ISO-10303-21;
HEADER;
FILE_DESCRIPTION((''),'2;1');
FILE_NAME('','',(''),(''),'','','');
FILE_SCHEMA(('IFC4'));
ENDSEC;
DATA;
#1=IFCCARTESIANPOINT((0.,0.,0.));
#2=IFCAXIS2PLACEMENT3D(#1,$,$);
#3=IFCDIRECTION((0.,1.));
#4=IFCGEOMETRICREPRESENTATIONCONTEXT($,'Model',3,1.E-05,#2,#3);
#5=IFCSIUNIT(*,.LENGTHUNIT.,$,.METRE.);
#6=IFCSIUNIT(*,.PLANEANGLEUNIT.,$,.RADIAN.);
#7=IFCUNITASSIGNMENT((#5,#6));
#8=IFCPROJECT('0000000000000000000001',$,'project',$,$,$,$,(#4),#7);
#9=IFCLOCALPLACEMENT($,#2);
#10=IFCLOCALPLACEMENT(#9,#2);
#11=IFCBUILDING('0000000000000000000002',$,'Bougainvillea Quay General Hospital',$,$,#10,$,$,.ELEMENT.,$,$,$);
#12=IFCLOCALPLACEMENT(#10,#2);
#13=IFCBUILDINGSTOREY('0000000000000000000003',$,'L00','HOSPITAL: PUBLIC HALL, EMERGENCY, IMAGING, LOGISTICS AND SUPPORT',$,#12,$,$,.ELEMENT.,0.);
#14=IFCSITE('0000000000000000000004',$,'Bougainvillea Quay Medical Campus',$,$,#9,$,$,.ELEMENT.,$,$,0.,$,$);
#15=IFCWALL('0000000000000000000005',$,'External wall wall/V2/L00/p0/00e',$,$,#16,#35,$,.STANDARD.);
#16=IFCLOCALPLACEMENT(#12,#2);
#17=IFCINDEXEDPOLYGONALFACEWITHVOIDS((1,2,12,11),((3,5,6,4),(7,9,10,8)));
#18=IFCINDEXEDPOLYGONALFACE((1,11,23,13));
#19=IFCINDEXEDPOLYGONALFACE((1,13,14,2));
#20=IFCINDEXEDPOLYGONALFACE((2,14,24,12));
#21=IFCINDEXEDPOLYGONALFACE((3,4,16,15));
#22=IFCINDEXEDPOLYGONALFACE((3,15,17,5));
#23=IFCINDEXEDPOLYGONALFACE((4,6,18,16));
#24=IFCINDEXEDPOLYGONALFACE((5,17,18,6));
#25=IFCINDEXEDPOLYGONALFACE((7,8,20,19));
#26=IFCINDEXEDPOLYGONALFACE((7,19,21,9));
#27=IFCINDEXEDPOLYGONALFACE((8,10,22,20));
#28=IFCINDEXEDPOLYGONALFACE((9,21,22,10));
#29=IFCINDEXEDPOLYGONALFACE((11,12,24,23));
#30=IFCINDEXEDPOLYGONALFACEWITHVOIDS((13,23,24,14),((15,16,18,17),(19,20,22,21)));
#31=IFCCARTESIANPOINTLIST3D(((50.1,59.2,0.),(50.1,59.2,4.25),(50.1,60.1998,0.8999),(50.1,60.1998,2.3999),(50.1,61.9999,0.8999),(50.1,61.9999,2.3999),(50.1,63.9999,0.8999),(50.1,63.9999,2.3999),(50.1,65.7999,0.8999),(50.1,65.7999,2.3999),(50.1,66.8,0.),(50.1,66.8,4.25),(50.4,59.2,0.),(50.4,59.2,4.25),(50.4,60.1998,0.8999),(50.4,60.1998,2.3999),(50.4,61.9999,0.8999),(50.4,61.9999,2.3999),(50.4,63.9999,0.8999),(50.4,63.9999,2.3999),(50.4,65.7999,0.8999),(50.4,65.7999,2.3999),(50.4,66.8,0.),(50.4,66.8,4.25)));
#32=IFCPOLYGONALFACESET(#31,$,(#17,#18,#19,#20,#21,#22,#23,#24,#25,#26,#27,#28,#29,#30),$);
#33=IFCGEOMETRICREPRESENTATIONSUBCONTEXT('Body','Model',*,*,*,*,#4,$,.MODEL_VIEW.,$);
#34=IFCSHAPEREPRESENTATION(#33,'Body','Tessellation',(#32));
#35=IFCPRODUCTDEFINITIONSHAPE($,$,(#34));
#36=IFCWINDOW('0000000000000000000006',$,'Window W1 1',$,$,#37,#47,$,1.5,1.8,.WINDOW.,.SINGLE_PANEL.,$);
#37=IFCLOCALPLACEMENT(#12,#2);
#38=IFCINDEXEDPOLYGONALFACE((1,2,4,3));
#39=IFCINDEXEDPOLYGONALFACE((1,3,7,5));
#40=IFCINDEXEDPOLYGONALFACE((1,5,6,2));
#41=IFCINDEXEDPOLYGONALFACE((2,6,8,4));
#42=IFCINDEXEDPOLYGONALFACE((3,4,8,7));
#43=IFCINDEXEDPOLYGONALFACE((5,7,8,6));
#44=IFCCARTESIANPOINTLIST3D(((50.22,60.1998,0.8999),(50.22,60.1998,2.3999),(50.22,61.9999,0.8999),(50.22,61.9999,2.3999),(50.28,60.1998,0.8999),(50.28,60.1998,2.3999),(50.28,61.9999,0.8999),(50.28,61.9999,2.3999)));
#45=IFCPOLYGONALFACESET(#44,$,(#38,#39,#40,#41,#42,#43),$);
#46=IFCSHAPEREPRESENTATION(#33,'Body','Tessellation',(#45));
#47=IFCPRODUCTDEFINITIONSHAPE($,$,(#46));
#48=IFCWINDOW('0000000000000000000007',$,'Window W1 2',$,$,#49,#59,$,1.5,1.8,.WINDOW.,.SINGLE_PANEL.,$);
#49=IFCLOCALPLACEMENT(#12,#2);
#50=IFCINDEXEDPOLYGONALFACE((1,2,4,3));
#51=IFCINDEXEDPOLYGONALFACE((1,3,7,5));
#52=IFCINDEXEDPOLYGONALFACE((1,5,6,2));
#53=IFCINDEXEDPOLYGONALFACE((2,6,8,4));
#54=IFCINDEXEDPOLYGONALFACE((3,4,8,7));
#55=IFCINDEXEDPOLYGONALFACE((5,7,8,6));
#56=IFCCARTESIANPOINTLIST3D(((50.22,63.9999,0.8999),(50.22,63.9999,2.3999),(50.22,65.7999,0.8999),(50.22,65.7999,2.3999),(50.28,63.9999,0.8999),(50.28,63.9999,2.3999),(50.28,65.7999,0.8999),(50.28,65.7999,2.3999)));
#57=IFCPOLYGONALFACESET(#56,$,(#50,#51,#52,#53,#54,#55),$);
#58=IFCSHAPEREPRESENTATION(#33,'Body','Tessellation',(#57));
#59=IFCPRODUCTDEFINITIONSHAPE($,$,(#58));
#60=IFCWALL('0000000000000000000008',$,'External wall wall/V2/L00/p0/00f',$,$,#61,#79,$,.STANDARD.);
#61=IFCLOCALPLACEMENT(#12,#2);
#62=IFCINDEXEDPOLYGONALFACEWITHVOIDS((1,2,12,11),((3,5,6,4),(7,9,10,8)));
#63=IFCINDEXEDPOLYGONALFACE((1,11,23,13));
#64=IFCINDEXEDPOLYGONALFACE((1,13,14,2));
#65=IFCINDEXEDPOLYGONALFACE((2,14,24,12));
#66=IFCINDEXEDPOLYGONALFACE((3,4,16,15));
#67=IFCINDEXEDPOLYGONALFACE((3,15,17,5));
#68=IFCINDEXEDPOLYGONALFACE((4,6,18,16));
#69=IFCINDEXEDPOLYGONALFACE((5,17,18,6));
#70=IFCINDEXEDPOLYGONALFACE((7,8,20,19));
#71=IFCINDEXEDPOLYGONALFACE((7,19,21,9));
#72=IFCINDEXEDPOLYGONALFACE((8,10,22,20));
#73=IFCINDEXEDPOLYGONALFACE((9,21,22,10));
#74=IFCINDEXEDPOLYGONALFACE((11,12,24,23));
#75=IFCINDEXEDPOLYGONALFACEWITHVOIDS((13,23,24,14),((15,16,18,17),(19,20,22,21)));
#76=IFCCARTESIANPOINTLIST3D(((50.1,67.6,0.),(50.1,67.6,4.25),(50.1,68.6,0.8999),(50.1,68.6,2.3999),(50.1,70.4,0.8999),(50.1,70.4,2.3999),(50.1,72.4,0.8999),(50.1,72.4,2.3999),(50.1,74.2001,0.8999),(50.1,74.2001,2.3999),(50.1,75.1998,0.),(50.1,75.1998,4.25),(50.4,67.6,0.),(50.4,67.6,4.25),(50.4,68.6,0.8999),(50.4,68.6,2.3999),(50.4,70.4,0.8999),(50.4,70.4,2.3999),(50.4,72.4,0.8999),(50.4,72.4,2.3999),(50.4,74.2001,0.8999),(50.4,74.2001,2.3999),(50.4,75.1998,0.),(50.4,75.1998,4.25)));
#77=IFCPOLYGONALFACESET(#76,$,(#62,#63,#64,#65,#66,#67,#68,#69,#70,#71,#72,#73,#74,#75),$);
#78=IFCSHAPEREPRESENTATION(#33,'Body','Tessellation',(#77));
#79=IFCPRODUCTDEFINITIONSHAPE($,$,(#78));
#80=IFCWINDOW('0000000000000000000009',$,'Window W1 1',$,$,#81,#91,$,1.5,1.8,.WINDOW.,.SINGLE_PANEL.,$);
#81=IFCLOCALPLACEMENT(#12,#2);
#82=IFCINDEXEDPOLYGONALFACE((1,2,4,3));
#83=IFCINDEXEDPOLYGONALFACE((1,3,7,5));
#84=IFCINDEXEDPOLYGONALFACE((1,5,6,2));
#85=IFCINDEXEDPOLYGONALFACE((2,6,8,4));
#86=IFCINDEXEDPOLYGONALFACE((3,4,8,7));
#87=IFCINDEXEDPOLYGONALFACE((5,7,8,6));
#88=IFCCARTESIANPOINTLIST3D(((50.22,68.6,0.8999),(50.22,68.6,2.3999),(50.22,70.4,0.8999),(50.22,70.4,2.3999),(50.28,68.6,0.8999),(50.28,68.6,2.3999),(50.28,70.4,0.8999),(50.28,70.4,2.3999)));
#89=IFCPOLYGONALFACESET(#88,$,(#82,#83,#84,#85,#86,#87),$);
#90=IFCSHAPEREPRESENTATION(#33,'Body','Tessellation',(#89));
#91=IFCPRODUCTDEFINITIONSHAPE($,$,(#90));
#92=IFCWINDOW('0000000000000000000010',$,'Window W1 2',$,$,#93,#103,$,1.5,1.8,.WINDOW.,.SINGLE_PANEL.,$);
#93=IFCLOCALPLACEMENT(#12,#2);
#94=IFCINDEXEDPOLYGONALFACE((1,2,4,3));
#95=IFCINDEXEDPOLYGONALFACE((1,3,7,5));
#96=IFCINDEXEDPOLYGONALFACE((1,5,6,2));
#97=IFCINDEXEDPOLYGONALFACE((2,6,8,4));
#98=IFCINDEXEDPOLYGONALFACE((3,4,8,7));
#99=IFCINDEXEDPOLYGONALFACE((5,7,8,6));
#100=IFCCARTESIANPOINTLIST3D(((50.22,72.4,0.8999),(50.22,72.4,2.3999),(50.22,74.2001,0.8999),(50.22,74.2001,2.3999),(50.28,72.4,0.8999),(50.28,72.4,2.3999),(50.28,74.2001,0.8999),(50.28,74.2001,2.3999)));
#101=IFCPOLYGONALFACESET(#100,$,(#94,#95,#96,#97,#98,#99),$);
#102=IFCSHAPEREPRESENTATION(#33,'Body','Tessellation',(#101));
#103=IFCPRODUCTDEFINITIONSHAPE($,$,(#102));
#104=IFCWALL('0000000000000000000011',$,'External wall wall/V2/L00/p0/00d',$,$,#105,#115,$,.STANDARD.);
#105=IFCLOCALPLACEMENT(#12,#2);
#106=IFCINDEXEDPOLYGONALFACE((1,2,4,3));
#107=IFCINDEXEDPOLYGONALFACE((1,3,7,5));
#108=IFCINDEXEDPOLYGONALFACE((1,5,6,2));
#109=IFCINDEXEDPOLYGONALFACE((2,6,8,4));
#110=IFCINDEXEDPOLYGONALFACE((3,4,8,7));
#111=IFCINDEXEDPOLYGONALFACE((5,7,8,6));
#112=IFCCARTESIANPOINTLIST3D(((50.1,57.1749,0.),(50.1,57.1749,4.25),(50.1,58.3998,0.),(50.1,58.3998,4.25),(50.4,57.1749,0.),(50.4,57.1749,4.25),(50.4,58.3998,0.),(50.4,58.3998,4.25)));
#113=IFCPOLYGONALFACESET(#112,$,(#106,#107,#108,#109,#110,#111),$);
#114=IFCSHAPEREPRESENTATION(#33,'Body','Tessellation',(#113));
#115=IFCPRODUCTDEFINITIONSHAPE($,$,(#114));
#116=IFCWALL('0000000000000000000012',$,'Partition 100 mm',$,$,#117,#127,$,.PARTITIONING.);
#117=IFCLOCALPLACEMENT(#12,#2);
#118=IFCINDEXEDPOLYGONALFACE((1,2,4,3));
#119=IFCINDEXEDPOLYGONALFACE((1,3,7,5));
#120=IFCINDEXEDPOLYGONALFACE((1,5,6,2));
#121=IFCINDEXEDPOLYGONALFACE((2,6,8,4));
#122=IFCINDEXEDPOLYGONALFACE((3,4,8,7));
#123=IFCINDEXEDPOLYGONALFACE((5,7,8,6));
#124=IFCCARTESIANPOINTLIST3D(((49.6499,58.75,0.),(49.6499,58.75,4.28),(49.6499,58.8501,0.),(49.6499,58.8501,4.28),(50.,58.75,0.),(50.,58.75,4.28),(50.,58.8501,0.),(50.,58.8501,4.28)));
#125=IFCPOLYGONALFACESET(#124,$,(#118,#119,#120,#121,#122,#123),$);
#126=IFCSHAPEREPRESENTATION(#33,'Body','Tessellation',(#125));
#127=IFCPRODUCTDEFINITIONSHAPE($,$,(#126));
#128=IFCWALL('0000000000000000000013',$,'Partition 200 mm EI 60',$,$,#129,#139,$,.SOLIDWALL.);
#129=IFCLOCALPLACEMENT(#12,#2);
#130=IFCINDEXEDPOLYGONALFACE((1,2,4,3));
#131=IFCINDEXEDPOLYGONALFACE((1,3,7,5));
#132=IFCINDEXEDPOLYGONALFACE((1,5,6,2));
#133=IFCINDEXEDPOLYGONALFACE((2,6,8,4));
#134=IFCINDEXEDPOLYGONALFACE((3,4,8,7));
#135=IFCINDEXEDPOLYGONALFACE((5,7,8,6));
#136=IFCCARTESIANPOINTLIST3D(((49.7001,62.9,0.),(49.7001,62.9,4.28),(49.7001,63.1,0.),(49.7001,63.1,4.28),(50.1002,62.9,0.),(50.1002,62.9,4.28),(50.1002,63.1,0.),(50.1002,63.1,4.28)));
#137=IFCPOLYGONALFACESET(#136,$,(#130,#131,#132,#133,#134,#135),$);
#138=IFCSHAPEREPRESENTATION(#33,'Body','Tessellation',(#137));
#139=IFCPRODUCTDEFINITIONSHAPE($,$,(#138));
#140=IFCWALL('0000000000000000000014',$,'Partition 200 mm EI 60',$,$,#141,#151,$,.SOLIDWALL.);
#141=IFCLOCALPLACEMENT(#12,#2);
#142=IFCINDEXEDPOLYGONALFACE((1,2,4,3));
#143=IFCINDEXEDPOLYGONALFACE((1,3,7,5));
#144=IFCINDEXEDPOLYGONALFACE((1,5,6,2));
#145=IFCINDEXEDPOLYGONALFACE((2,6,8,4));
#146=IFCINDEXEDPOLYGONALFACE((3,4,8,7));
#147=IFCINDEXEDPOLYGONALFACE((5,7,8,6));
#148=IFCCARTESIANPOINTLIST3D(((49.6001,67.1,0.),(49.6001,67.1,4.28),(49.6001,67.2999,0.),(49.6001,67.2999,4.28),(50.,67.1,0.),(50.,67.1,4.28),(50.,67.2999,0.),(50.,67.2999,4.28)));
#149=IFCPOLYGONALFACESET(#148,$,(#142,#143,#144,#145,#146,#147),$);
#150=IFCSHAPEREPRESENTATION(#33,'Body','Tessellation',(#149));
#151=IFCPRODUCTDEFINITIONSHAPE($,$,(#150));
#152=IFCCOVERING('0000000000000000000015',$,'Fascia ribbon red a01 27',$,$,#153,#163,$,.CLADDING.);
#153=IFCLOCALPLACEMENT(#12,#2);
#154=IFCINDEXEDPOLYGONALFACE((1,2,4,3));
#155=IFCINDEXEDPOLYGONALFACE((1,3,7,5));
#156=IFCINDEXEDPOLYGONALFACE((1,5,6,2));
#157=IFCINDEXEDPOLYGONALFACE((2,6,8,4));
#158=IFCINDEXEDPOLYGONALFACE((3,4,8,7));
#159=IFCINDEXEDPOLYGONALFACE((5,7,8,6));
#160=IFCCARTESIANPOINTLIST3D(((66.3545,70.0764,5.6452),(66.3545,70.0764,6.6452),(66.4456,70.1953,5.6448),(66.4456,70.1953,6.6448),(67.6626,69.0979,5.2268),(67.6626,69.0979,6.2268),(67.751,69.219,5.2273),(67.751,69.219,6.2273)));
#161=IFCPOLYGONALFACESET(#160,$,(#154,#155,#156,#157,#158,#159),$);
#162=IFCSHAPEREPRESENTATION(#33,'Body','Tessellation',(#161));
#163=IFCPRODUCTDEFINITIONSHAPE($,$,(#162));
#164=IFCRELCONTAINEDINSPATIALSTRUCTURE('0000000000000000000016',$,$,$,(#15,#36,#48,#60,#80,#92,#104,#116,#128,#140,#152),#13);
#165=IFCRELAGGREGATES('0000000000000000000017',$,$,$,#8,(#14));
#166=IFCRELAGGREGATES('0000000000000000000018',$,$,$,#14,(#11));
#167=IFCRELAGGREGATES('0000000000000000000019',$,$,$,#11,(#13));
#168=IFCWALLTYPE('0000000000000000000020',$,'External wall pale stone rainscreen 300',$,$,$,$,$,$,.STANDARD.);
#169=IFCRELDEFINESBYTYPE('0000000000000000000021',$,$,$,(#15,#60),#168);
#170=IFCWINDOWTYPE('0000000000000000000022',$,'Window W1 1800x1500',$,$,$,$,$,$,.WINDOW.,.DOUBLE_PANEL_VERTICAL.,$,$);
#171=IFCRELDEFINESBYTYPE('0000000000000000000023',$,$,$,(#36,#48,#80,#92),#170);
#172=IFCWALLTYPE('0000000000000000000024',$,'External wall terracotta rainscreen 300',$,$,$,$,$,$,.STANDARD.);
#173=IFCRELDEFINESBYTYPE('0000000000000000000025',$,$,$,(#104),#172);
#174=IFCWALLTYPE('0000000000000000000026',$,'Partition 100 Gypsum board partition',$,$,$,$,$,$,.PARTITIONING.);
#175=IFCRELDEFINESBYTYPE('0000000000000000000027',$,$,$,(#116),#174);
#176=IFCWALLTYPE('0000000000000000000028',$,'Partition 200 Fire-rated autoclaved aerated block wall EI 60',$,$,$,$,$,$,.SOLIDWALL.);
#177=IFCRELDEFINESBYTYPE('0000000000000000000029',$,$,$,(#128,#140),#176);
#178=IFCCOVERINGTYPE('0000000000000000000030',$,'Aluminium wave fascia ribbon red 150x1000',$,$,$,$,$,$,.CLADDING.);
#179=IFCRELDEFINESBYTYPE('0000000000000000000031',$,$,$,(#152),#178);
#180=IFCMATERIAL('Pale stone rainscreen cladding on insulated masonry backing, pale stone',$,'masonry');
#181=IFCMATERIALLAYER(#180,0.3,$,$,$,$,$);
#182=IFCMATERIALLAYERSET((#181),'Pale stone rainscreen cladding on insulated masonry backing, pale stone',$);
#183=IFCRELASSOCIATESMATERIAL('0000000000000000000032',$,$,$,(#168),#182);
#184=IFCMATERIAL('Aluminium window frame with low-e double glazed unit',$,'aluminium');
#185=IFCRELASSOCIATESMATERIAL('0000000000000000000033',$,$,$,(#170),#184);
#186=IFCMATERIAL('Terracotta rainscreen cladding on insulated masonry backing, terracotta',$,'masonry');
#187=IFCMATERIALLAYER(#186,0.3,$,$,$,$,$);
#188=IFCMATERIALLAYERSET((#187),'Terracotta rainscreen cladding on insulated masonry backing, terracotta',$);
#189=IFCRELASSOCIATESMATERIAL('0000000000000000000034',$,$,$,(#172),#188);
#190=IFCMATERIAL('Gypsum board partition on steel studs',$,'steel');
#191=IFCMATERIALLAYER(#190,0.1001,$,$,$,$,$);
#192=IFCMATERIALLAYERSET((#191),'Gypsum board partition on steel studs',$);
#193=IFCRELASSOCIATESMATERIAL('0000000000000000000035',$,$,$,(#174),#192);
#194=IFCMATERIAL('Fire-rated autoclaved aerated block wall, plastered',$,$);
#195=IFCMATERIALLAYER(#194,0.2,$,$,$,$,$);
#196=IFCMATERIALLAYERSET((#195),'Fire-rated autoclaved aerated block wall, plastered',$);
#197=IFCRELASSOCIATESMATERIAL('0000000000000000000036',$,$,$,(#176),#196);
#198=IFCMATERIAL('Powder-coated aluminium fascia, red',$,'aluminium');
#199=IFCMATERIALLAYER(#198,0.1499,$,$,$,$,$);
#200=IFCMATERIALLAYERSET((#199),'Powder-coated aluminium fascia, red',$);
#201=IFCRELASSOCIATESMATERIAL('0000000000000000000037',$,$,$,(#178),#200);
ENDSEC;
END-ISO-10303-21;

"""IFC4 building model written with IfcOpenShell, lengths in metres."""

from ifc_helpers import new_model, si_unit, direction, frame, frame_2d, origin, place, context, subcontext, project, spatial, polyline, rectangle, outline, extrude, material, layer, layer_set, type_object, element, fill, save


model = new_model("IFC4")

# Units and contexts
model_context = context("Model", 3, precision=1e-05, world=origin(), true_north=direction((0.0, 1.0)))
body_context = subcontext(model_context, "Body", "Model", "MODEL_VIEW")
ifc_project = project(units=[si_unit("LENGTHUNIT", "METRE"), si_unit("PLANEANGLEUNIT", "RADIAN")], contexts=[model_context])

# Site, building, storey
site_placement = place(None, origin())
site = spatial("IfcSite", under=ifc_project, at=site_placement, Name="Bougainvillea Quay Medical Campus", CompositionType="ELEMENT", RefElevation=0.0)
building_placement = place(site_placement, origin())
building = spatial("IfcBuilding", under=site, at=building_placement, Name="Bougainvillea Quay General Hospital", CompositionType="ELEMENT")
storey_placement = place(building_placement, origin())
storey = spatial("IfcBuildingStorey", under=building, at=storey_placement, Name="L00", Description="HOSPITAL: PUBLIC HALL, EMERGENCY, IMAGING, LOGISTICS AND SUPPORT", CompositionType="ELEMENT", Elevation=0.0)

# Walls, openings, windows
ifc_material_1 = material(Name="Pale stone rainscreen cladding on insulated masonry backing, pale stone", Category="masonry")
ifc_layer_1 = layer(ifc_material_1, 0.3)
ifc_layer_set_1 = layer_set([ifc_layer_1], Name="Pale stone rainscreen cladding on insulated masonry backing, pale stone")
wall_type_1 = type_object("IfcWallType", Name="External wall pale stone rainscreen 300", PredefinedType="STANDARD", material=ifc_layer_set_1)
wall_1_placement = place(storey_placement, frame((50.25, 59.2, 0.0), z_axis=(0.0, 0.0, 1.0), x_axis=(0.0, 1.0, 0.0)))
wall_1 = element("IfcWall", 1, at=wall_1_placement, inside=storey, type_object=wall_type_1, Name="External wall wall/V2/L00/p0/00e", PredefinedType="STANDARD", context=body_context, shape_type="SweptSolid", body=[
    extrude(rectangle(XDim=7.6001, YDim=0.3, at=frame_2d((3.8, 0.0))), origin(), (0.0, 0.0, 1.0), 4.25),
])
opening_1_placement = place(wall_1_placement, frame((1.0, 0.0, 0.8999)))
opening_1 = element("IfcOpeningElement", 2, at=opening_1_placement, cuts=wall_1, PredefinedType="OPENING", context=body_context, shape_type="SweptSolid", body=[
    extrude(rectangle(XDim=1.8, YDim=1.5, at=frame_2d((0.8999, 0.75))), frame((0.0, 0.1599, 0.0), z_axis=(0.0, -1.0, 0.0), x_axis=(1.0, 0.0, 0.0)), (0.0, 0.0, 1.0), 0.3201),
])
opening_2_placement = place(wall_1_placement, frame((4.8, 0.0, 0.8999)))
opening_2 = element("IfcOpeningElement", 3, at=opening_2_placement, cuts=wall_1, PredefinedType="OPENING", context=body_context, shape_type="SweptSolid", body=[
    extrude(rectangle(XDim=1.8, YDim=1.5, at=frame_2d((0.8999, 0.75))), frame((0.0, 0.1599, 0.0), z_axis=(0.0, -1.0, 0.0), x_axis=(1.0, 0.0, 0.0)), (0.0, 0.0, 1.0), 0.3201),
])
ifc_material_2 = material(Name="Aluminium window frame with low-e double glazed unit", Category="aluminium")
window_type = type_object("IfcWindowType", Name="Window W1 1800x1500", PartitioningType="DOUBLE_PANEL_VERTICAL", PredefinedType="WINDOW", material=ifc_material_2)
window_1_placement = place(opening_1_placement, origin())
window_1 = element("IfcWindow", 4, at=window_1_placement, inside=storey, type_object=window_type, Name="Window W1 1", OverallHeight=1.5, OverallWidth=1.8, PartitioningType="SINGLE_PANEL", PredefinedType="WINDOW", context=body_context, shape_type="SweptSolid", body=[
    extrude(rectangle(XDim=1.8, YDim=1.5, at=frame_2d((0.8999, 0.75))), frame((0.0, 0.03, 0.0), z_axis=(0.0, -1.0, 0.0), x_axis=(1.0, 0.0, 0.0)), (0.0, 0.0, 1.0), 0.0601),
])
fill(opening_1, window_1)
window_2_placement = place(opening_2_placement, origin())
window_2 = element("IfcWindow", 5, at=window_2_placement, inside=storey, type_object=window_type, Name="Window W1 2", OverallHeight=1.5, OverallWidth=1.8, PartitioningType="SINGLE_PANEL", PredefinedType="WINDOW", context=body_context, shape_type="SweptSolid", body=[
    extrude(rectangle(XDim=1.8, YDim=1.5, at=frame_2d((0.8999, 0.75))), frame((0.0, 0.03, 0.0), z_axis=(0.0, -1.0, 0.0), x_axis=(1.0, 0.0, 0.0)), (0.0, 0.0, 1.0), 0.0601),
])
fill(opening_2, window_2)
wall_2_placement = place(storey_placement, frame((50.25, 67.6001, 0.0), z_axis=(0.0, 0.0, 1.0), x_axis=(0.0, 1.0, 0.0)))
wall_2 = element("IfcWall", 6, at=wall_2_placement, inside=storey, type_object=wall_type_1, Name="External wall wall/V2/L00/p0/00f", PredefinedType="STANDARD", context=body_context, shape_type="SweptSolid", body=[
    extrude(rectangle(XDim=7.5999, YDim=0.3, at=frame_2d((3.7998, 0.0))), origin(), (0.0, 0.0, 1.0), 4.25),
])
opening_3_placement = place(wall_2_placement, frame((1.0, 0.0, 0.8999)))
opening_3 = element("IfcOpeningElement", 7, at=opening_3_placement, cuts=wall_2, PredefinedType="OPENING", context=body_context, shape_type="SweptSolid", body=[
    extrude(rectangle(XDim=1.8, YDim=1.5, at=frame_2d((0.8999, 0.75))), frame((0.0, 0.1599, 0.0), z_axis=(0.0, -1.0, 0.0), x_axis=(1.0, 0.0, 0.0)), (0.0, 0.0, 1.0), 0.3201),
])
opening_4_placement = place(wall_2_placement, frame((4.8, 0.0, 0.8999)))
opening_4 = element("IfcOpeningElement", 8, at=opening_4_placement, cuts=wall_2, PredefinedType="OPENING", context=body_context, shape_type="SweptSolid", body=[
    extrude(rectangle(XDim=1.8, YDim=1.5, at=frame_2d((0.8999, 0.75))), frame((0.0, 0.1599, 0.0), z_axis=(0.0, -1.0, 0.0), x_axis=(1.0, 0.0, 0.0)), (0.0, 0.0, 1.0), 0.3201),
])
window_3_placement = place(opening_3_placement, origin())
window_3 = element("IfcWindow", 9, at=window_3_placement, inside=storey, type_object=window_type, Name="Window W1 1", OverallHeight=1.5, OverallWidth=1.8, PartitioningType="SINGLE_PANEL", PredefinedType="WINDOW", context=body_context, shape_type="SweptSolid", body=[
    extrude(rectangle(XDim=1.8, YDim=1.5, at=frame_2d((0.8999, 0.75))), frame((0.0, 0.03, 0.0), z_axis=(0.0, -1.0, 0.0), x_axis=(1.0, 0.0, 0.0)), (0.0, 0.0, 1.0), 0.0601),
])
fill(opening_3, window_3)
window_4_placement = place(opening_4_placement, origin())
window_4 = element("IfcWindow", 10, at=window_4_placement, inside=storey, type_object=window_type, Name="Window W1 2", OverallHeight=1.5, OverallWidth=1.8, PartitioningType="SINGLE_PANEL", PredefinedType="WINDOW", context=body_context, shape_type="SweptSolid", body=[
    extrude(rectangle(XDim=1.8, YDim=1.5, at=frame_2d((0.8999, 0.75))), frame((0.0, 0.03, 0.0), z_axis=(0.0, -1.0, 0.0), x_axis=(1.0, 0.0, 0.0)), (0.0, 0.0, 1.0), 0.0601),
])
fill(opening_4, window_4)

# Walls
ifc_material_3 = material(Name="Terracotta rainscreen cladding on insulated masonry backing, terracotta", Category="masonry")
ifc_layer_2 = layer(ifc_material_3, 0.3)
ifc_layer_set_2 = layer_set([ifc_layer_2], Name="Terracotta rainscreen cladding on insulated masonry backing, terracotta")
wall_type_2 = type_object("IfcWallType", Name="External wall terracotta rainscreen 300", PredefinedType="STANDARD", material=ifc_layer_set_2)
wall_3_placement = place(storey_placement, frame((50.25, 57.175, 0.0), z_axis=(0.0, 0.0, 1.0), x_axis=(0.0, 1.0, 0.0)))
element("IfcWall", 11, at=wall_3_placement, inside=storey, type_object=wall_type_2, Name="External wall wall/V2/L00/p0/00d", PredefinedType="STANDARD", context=body_context, shape_type="SweptSolid", body=[
    extrude(rectangle(XDim=1.2249, YDim=0.3, at=frame_2d((0.6123, 0.0))), origin(), (0.0, 0.0, 1.0), 4.25),
])
ifc_material_4 = material(Name="Gypsum board partition on steel studs", Category="steel")
ifc_layer_3 = layer(ifc_material_4, 0.1001)
ifc_layer_set_3 = layer_set([ifc_layer_3], Name="Gypsum board partition on steel studs")
wall_type_3 = type_object("IfcWallType", Name="Partition 100 Gypsum board partition", PredefinedType="PARTITIONING", material=ifc_layer_set_3)
wall_4_placement = place(storey_placement, frame((49.6499, 58.8, 0.0), z_axis=(0.0, 0.0, 1.0), x_axis=(1.0, 0.0, 0.0)))
element("IfcWall", 12, at=wall_4_placement, inside=storey, type_object=wall_type_3, Name="Partition 100 mm", PredefinedType="PARTITIONING", context=body_context, shape_type="SweptSolid", body=[
    extrude(rectangle(XDim=0.3501, YDim=0.1001, at=frame_2d((0.175, 0.0))), origin(), (0.0, 0.0, 1.0), 4.28),
])
ifc_material_5 = material(Name="Fire-rated autoclaved aerated block wall, plastered")
ifc_layer_4 = layer(ifc_material_5, 0.2)
ifc_layer_set_4 = layer_set([ifc_layer_4], Name="Fire-rated autoclaved aerated block wall, plastered")
wall_type_4 = type_object("IfcWallType", Name="Partition 200 Fire-rated autoclaved aerated block wall EI 60", PredefinedType="SOLIDWALL", material=ifc_layer_set_4)
wall_5_placement = place(storey_placement, frame((49.7, 63.0, 0.0), z_axis=(0.0, 0.0, 1.0), x_axis=(1.0, 0.0, 0.0)))
element("IfcWall", 13, at=wall_5_placement, inside=storey, type_object=wall_type_4, Name="Partition 200 mm EI 60", PredefinedType="SOLIDWALL", context=body_context, shape_type="SweptSolid", body=[
    extrude(rectangle(XDim=0.4001, YDim=0.2, at=frame_2d((0.2002, 0.0))), origin(), (0.0, 0.0, 1.0), 4.28),
])
wall_6_placement = place(storey_placement, frame((49.6001, 67.2, 0.0), z_axis=(0.0, 0.0, 1.0), x_axis=(1.0, 0.0, 0.0)))
element("IfcWall", 14, at=wall_6_placement, inside=storey, type_object=wall_type_4, Name="Partition 200 mm EI 60", PredefinedType="SOLIDWALL", context=body_context, shape_type="SweptSolid", body=[
    extrude(rectangle(XDim=0.3999, YDim=0.2, at=frame_2d((0.2, 0.0))), origin(), (0.0, 0.0, 1.0), 4.28),
])

# Covering
ifc_material_6 = material(Name="Powder-coated aluminium fascia, red", Category="aluminium")
ifc_layer_5 = layer(ifc_material_6, 0.1499)
ifc_layer_set_5 = layer_set([ifc_layer_5], Name="Powder-coated aluminium fascia, red")
covering_type = type_object("IfcCoveringType", Name="Aluminium wave fascia ribbon red 150x1000", PredefinedType="CLADDING", material=ifc_layer_set_5)
covering_placement = place(storey_placement, frame((66.4456, 70.1953, 5.6448), z_axis=(0.198715, -0.148581, 0.968729), x_axis=(0.775766, -0.580192, -0.248121)))
element("IfcCovering", 15, at=covering_placement, inside=storey, type_object=covering_type, Name="Fascia ribbon red a01 27", PredefinedType="CLADDING", context=body_context, shape_type="SweptSolid", body=[
    extrude(outline(polyline([(0.0, 0.0), (1.6827, 0.0), (1.6846, -0.1499), (-0.0018, -0.1498), (0.0, 0.0)])), origin(), (-0.248121, -0.000029, 0.968729), 1.0),
])

save(model, "model.ifc")
